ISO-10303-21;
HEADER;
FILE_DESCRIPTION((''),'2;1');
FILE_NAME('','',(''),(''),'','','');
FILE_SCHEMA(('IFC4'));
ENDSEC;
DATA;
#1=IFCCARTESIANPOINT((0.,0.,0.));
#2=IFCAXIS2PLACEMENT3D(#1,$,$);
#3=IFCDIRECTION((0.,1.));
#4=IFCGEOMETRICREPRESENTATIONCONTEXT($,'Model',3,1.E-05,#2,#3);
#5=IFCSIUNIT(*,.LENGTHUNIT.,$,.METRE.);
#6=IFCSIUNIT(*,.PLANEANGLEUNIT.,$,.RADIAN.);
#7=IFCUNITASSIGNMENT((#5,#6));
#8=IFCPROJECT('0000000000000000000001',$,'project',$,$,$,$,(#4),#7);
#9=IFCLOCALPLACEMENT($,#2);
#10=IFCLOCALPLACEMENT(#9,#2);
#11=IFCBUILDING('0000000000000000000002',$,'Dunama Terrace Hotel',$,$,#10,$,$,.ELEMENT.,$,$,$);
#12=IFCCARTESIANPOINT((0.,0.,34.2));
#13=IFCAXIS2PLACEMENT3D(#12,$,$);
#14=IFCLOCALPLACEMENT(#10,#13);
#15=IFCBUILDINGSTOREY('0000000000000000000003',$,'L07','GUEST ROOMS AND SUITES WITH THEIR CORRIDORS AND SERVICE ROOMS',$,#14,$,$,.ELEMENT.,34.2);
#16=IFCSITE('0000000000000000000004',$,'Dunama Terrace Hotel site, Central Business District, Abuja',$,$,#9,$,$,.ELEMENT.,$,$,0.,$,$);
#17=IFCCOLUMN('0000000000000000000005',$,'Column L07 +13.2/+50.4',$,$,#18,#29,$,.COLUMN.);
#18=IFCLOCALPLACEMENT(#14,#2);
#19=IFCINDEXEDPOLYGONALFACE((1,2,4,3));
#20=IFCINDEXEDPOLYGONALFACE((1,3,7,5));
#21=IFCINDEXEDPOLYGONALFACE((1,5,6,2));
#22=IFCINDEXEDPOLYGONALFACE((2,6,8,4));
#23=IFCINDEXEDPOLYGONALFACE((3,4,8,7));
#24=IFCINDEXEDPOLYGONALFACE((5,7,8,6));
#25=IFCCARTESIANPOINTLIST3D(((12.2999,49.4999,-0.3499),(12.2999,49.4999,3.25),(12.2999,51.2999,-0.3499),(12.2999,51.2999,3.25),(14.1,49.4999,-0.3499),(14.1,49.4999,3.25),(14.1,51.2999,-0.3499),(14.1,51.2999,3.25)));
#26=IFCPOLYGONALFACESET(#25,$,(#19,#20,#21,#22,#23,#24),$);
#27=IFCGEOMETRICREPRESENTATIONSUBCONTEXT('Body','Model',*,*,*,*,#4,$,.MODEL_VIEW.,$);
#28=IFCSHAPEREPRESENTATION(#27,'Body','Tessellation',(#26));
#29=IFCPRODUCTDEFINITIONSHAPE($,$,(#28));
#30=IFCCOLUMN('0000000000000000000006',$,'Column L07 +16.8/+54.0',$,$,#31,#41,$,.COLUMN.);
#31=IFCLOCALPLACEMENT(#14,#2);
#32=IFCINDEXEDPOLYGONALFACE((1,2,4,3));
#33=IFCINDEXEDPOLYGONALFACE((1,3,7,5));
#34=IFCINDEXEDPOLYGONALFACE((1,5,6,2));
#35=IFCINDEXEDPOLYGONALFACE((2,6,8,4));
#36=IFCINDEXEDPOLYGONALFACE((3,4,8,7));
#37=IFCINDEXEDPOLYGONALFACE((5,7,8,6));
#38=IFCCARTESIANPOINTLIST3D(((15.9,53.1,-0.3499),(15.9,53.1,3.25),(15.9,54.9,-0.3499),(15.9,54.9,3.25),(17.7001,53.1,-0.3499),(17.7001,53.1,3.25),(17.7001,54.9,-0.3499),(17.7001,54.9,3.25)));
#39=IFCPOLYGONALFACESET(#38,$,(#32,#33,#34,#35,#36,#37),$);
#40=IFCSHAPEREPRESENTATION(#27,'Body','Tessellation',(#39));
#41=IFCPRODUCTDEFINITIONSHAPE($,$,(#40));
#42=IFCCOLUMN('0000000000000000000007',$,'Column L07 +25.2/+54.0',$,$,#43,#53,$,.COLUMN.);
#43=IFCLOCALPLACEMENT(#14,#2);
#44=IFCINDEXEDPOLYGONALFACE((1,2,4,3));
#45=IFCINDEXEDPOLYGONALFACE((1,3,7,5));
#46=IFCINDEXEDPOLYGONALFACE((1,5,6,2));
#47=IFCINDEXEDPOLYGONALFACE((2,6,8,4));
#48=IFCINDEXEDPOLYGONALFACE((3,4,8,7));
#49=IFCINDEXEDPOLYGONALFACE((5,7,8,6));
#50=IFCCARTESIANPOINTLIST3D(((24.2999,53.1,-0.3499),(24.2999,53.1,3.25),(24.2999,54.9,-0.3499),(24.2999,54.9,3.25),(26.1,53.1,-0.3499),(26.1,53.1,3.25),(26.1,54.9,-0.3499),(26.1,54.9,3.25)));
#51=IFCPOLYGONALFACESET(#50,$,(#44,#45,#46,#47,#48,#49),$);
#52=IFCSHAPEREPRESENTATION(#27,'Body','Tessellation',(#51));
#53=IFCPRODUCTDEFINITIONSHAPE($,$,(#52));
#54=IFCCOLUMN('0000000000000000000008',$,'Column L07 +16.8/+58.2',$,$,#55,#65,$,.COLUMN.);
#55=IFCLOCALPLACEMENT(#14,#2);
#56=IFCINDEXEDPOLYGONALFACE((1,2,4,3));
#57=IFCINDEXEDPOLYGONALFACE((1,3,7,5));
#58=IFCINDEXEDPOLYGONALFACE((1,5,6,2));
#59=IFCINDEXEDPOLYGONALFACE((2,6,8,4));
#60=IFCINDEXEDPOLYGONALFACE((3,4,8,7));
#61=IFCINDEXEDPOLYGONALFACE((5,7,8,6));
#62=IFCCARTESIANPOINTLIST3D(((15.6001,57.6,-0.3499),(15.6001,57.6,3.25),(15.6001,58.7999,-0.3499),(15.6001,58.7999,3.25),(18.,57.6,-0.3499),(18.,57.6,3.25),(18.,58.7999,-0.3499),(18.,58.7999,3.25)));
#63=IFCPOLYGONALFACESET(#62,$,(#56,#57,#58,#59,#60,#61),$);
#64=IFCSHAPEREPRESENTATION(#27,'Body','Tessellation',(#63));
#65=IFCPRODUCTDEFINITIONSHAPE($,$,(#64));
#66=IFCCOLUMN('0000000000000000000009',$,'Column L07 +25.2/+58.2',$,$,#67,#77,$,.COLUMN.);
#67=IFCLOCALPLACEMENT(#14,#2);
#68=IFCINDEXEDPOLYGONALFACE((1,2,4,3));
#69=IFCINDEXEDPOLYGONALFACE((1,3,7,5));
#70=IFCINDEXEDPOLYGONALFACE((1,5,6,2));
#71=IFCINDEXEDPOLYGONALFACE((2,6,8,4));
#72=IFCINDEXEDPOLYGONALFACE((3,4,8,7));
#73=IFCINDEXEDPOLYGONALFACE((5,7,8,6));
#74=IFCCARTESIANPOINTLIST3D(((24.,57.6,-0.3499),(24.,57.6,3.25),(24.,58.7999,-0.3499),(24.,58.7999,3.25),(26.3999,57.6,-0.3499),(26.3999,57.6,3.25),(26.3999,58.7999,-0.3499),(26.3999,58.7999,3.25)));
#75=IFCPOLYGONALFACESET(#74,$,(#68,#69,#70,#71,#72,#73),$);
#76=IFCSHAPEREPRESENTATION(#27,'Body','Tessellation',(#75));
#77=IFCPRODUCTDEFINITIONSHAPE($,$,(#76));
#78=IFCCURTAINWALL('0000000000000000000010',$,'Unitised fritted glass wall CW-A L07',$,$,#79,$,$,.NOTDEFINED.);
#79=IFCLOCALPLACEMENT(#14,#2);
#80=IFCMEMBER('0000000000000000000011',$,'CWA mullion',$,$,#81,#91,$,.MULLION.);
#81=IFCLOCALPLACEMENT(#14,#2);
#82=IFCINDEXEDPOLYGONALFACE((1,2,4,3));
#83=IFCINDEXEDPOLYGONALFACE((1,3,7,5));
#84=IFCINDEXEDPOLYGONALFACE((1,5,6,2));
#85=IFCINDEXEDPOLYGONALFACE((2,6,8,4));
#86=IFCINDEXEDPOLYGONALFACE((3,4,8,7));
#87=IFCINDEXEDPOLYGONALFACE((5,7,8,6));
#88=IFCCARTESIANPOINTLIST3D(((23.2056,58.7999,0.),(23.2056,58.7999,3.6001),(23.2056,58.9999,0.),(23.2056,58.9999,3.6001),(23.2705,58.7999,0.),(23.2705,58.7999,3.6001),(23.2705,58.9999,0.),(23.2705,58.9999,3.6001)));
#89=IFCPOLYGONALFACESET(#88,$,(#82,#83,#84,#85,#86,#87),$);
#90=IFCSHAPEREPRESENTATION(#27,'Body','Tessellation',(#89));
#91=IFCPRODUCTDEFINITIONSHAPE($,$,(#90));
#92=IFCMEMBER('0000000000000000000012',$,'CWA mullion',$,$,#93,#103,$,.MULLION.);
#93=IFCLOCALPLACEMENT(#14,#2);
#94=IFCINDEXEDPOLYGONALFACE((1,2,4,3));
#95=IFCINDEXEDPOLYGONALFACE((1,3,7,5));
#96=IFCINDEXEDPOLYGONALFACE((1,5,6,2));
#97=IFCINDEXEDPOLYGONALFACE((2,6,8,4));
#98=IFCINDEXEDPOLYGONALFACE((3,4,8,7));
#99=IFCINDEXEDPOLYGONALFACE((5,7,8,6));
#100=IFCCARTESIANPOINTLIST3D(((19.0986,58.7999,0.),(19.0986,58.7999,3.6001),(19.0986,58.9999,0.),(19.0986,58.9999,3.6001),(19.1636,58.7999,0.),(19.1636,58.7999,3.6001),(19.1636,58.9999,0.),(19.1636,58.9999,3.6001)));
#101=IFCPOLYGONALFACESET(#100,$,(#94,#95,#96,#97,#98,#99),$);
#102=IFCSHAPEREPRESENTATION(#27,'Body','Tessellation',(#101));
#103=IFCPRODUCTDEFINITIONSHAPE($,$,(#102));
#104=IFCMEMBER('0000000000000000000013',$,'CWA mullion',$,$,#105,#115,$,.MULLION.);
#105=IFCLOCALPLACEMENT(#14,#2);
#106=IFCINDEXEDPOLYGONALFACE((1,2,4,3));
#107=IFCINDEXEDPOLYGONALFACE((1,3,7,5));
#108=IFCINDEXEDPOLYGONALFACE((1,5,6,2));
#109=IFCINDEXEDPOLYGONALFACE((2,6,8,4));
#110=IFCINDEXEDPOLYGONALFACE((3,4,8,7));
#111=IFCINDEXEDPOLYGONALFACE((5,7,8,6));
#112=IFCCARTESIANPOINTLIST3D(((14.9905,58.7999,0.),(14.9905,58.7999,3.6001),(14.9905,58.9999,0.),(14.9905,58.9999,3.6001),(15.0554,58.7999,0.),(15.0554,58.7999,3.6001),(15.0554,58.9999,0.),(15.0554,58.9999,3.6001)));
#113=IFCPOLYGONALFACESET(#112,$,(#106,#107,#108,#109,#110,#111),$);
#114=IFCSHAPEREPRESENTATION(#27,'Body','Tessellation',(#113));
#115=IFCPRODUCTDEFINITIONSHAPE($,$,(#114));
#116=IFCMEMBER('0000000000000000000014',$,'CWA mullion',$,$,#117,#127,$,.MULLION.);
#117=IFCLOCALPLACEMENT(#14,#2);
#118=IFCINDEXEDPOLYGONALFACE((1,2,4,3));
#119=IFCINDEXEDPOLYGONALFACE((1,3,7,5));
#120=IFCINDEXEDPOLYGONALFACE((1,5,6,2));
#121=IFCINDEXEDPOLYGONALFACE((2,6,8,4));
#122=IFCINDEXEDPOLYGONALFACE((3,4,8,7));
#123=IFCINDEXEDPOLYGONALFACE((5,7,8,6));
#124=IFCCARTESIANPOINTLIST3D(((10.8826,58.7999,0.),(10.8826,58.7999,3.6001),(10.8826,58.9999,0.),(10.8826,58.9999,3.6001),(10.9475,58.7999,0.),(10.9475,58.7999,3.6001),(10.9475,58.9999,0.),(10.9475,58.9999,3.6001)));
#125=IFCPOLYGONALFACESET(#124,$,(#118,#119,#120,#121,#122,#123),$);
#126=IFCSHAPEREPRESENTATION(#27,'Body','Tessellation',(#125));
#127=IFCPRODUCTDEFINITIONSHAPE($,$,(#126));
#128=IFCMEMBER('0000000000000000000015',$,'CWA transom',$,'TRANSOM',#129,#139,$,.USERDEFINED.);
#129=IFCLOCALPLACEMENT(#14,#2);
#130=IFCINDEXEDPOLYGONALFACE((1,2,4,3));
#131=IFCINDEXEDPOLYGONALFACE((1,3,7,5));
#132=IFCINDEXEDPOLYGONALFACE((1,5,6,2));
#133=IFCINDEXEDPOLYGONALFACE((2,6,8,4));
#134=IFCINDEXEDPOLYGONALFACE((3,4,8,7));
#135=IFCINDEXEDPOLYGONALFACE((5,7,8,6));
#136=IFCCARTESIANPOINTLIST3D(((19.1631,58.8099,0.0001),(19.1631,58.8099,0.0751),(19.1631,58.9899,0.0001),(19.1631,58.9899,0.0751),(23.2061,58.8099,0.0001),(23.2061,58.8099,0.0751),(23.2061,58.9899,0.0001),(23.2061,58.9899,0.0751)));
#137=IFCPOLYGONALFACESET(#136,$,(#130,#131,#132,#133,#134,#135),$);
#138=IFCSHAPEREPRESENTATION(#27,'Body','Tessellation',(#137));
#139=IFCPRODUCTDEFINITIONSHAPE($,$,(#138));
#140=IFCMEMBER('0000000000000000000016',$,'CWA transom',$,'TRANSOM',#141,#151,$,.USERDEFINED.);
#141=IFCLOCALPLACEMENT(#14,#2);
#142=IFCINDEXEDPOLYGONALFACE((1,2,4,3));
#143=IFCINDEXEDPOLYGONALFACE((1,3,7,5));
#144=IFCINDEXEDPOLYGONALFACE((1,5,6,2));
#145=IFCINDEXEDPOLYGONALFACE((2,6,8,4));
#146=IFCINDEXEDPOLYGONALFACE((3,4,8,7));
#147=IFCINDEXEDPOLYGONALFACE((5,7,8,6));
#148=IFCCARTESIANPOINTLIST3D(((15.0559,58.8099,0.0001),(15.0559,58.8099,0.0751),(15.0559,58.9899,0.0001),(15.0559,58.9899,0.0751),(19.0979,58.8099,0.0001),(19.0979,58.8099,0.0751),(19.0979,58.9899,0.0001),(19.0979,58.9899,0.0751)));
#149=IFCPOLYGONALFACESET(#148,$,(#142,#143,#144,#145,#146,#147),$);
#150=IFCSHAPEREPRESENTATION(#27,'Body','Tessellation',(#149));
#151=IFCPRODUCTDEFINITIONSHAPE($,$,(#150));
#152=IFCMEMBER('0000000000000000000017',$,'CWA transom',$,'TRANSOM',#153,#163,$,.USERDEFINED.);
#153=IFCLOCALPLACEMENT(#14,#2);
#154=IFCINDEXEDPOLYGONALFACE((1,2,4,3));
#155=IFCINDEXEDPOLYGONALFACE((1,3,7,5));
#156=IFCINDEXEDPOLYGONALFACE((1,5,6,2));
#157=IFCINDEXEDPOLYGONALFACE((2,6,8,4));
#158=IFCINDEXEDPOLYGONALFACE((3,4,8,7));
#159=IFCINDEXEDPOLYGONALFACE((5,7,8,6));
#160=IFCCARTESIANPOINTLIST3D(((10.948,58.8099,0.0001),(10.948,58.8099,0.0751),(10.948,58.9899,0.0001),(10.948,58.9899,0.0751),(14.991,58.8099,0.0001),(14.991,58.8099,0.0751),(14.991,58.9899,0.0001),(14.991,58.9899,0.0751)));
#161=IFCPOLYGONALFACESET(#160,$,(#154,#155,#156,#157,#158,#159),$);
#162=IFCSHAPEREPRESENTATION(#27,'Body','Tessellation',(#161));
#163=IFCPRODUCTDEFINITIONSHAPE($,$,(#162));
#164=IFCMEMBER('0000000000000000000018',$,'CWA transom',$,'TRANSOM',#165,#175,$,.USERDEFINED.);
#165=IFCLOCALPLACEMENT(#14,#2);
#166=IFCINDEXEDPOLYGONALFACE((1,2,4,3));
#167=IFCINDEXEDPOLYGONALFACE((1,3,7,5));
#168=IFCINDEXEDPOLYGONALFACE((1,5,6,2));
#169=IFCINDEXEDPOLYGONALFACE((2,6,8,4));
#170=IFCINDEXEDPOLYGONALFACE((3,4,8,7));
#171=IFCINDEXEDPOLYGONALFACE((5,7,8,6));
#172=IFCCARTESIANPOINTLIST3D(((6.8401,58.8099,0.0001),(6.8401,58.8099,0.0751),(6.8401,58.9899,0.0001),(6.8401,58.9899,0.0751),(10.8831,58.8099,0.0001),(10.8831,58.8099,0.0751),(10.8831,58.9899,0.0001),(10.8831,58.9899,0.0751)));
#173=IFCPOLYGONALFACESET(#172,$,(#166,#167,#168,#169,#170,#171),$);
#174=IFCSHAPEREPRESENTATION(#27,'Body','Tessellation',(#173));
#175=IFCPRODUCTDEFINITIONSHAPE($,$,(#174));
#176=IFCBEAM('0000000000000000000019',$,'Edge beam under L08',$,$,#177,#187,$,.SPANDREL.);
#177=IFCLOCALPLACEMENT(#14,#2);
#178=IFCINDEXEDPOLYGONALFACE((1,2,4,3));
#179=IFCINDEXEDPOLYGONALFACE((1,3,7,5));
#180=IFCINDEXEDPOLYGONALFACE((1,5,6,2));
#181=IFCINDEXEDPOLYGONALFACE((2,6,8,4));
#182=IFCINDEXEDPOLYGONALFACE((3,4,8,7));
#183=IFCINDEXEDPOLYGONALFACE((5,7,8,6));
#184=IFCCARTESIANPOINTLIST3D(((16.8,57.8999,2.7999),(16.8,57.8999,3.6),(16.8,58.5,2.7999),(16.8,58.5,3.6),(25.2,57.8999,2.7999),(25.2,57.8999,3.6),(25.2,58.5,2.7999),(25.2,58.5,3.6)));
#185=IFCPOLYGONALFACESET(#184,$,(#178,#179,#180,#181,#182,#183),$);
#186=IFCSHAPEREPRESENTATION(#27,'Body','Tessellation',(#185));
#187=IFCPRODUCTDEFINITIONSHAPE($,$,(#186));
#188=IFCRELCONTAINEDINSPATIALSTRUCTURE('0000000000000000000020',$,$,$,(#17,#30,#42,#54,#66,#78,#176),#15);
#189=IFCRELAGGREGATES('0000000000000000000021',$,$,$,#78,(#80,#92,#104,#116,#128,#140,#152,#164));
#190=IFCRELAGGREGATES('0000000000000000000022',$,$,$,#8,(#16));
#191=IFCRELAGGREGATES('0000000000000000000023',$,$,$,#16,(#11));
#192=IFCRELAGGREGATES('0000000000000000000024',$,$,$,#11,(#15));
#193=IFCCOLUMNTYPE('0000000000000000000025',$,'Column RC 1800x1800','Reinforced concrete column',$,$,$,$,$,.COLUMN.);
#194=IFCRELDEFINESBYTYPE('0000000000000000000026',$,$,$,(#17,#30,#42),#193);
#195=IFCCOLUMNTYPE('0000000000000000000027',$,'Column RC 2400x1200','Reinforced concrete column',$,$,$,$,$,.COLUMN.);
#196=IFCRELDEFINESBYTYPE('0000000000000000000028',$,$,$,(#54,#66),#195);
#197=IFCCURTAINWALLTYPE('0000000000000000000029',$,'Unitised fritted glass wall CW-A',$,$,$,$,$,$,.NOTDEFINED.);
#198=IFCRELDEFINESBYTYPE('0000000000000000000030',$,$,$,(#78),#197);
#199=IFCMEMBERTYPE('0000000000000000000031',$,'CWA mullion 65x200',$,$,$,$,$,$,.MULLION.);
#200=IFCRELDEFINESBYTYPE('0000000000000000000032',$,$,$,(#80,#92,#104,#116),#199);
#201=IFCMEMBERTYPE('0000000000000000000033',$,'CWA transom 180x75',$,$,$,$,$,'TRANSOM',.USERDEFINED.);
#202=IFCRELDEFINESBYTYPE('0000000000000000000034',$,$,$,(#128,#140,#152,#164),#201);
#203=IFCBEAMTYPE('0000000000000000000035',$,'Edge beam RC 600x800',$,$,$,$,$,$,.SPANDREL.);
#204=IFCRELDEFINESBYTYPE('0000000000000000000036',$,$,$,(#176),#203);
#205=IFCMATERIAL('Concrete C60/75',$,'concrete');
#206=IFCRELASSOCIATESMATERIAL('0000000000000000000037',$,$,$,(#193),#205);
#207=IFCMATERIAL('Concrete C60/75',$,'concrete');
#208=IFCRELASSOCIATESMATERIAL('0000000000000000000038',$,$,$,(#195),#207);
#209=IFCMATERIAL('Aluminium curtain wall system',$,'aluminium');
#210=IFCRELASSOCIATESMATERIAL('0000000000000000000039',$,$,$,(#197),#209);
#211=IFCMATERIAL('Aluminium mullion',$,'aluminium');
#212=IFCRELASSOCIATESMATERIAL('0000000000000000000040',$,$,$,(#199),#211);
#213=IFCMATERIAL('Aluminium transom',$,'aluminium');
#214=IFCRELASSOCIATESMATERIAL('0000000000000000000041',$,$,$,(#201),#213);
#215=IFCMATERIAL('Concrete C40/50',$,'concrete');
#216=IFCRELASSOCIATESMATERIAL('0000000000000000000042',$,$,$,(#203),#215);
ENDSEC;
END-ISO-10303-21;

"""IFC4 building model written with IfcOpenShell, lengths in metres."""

from ifc_helpers import new_model, si_unit, direction, frame, origin, origin_2d, place, context, subcontext, project, spatial, rectangle, extrude, material, material_profile, profile_set, type_object, element, aggregate, save


model = new_model("IFC4")

# Units and contexts
model_context = context("Model", 3, precision=1e-05, world=origin(), true_north=direction((0.0, 1.0)))
body_context = subcontext(model_context, "Body", "Model", "MODEL_VIEW")
ifc_project = project(units=[si_unit("LENGTHUNIT", "METRE"), si_unit("PLANEANGLEUNIT", "RADIAN")], contexts=[model_context])

# Site, building, storey
site_placement = place(None, origin())
site = spatial("IfcSite", under=ifc_project, at=site_placement, Name="Dunama Terrace Hotel site, Central Business District, Abuja", CompositionType="ELEMENT", RefElevation=0.0)
building_placement = place(site_placement, origin())
building = spatial("IfcBuilding", under=site, at=building_placement, Name="Dunama Terrace Hotel", CompositionType="ELEMENT")
storey_placement = place(building_placement, frame((0.0, 0.0, 34.2)))
storey = spatial("IfcBuildingStorey", under=building, at=storey_placement, Name="L07", Description="GUEST ROOMS AND SUITES WITH THEIR CORRIDORS AND SERVICE ROOMS", CompositionType="ELEMENT", Elevation=34.2)

# Columns
ifc_material_1 = material(Name="Concrete C60/75", Category="concrete")
ifc_material_profile_1 = material_profile(ifc_material_1, rectangle(XDim=1.8, YDim=1.8, at=origin_2d()), Name="RC 1800x1800")
ifc_profile_set_1 = profile_set([ifc_material_profile_1], Name="Concrete C60/75")
column_type_1 = type_object("IfcColumnType", Name="Column RC 1800x1800", Description="Reinforced concrete column", PredefinedType="COLUMN", material=ifc_profile_set_1)
for number, where, z_axis, x_axis, name in (
    (1, (13.2, 50.3999, -0.3499), (0.0, 0.0, 1.0), (1.0, 0.0, 0.0), "Column L07 +13.2/+50.4"),
    (2, (16.8, 54.0, -0.3499), (0.0, 0.0, 1.0), (1.0, 0.0, 0.0), "Column L07 +16.8/+54.0"),
    (3, (25.2, 54.0, -0.3499), (0.0, 0.0, 1.0), (1.0, 0.0, 0.0), "Column L07 +25.2/+54.0"),
):
    element("IfcColumn", number, at=place(storey_placement, frame(where, z_axis=z_axis, x_axis=x_axis)), inside=storey, type_object=column_type_1, Name=name, PredefinedType="COLUMN", context=body_context, shape_type="SweptSolid", body=[
        extrude(rectangle(XDim=1.8, YDim=1.8, at=origin_2d()), origin(), (0.0, 0.0, 1.0), 3.5999),
    ])
ifc_material_2 = material(Name="Concrete C60/75", Category="concrete")
ifc_material_profile_2 = material_profile(ifc_material_2, rectangle(XDim=2.3999, YDim=1.2, at=origin_2d()), Name="RC 2400x1200")
ifc_profile_set_2 = profile_set([ifc_material_profile_2], Name="Concrete C60/75")
column_type_2 = type_object("IfcColumnType", Name="Column RC 2400x1200", Description="Reinforced concrete column", PredefinedType="COLUMN", material=ifc_profile_set_2)
for number, where, z_axis, x_axis, name in (
    (4, (16.8, 58.2, -0.3499), (0.0, 0.0, 1.0), (1.0, 0.0, 0.0), "Column L07 +16.8/+58.2"),
    (5, (25.2, 58.2, -0.3499), (0.0, 0.0, 1.0), (1.0, 0.0, 0.0), "Column L07 +25.2/+58.2"),
):
    element("IfcColumn", number, at=place(storey_placement, frame(where, z_axis=z_axis, x_axis=x_axis)), inside=storey, type_object=column_type_2, Name=name, PredefinedType="COLUMN", context=body_context, shape_type="SweptSolid", body=[
        extrude(rectangle(XDim=2.3999, YDim=1.2, at=origin_2d()), origin(), (0.0, 0.0, 1.0), 3.5999),
    ])

# Curtain wall, members
ifc_material_3 = material(Name="Aluminium curtain wall system", Category="aluminium")
curtain_wall_type = type_object("IfcCurtainWallType", Name="Unitised fritted glass wall CW-A", PredefinedType="NOTDEFINED", material=ifc_material_3)
curtain_wall_placement = place(storey_placement, origin())
curtain_wall = element("IfcCurtainWall", 6, at=curtain_wall_placement, inside=storey, type_object=curtain_wall_type, Name="Unitised fritted glass wall CW-A L07", PredefinedType="NOTDEFINED")
ifc_material_4 = material(Name="Aluminium mullion", Category="aluminium")
ifc_material_profile_3 = material_profile(ifc_material_4, rectangle(XDim=0.0649, YDim=0.2, at=origin_2d()), Name="CWA MULLION 65X200")
ifc_profile_set_3 = profile_set([ifc_material_profile_3], Name="Aluminium mullion")
member_type_1 = type_object("IfcMemberType", Name="CWA mullion 65x200", PredefinedType="MULLION", material=ifc_profile_set_3)
member_1_placement = place(storey_placement, frame((23.238, 58.8999, 0.0), z_axis=(0.0, 0.0, 1.0), x_axis=(-1.0, 0.0, 0.0)))
member_1 = element("IfcMember", 7, at=member_1_placement, type_object=member_type_1, Name="CWA mullion", PredefinedType="MULLION", context=body_context, shape_type="SweptSolid", body=[
    extrude(rectangle(XDim=0.0649, YDim=0.2, at=origin_2d()), origin(), (0.0, 0.0, 1.0), 3.6001),
])
member_2_placement = place(storey_placement, frame((19.1311, 58.8999, 0.0), z_axis=(0.0, 0.0, 1.0), x_axis=(-1.0, 0.0, 0.0)))
member_2 = element("IfcMember", 8, at=member_2_placement, type_object=member_type_1, Name="CWA mullion", PredefinedType="MULLION", context=body_context, shape_type="SweptSolid", body=[
    extrude(rectangle(XDim=0.0649, YDim=0.2, at=origin_2d()), origin(), (0.0, 0.0, 1.0), 3.6001),
])
member_3_placement = place(storey_placement, frame((15.0229, 58.8999, 0.0), z_axis=(0.0, 0.0, 1.0), x_axis=(-1.0, 0.0, 0.0)))
member_3 = element("IfcMember", 9, at=member_3_placement, type_object=member_type_1, Name="CWA mullion", PredefinedType="MULLION", context=body_context, shape_type="SweptSolid", body=[
    extrude(rectangle(XDim=0.0649, YDim=0.2, at=origin_2d()), origin(), (0.0, 0.0, 1.0), 3.6001),
])
member_4_placement = place(storey_placement, frame((10.915, 58.8999, 0.0), z_axis=(0.0, 0.0, 1.0), x_axis=(-1.0, 0.0, 0.0)))
member_4 = element("IfcMember", 10, at=member_4_placement, type_object=member_type_1, Name="CWA mullion", PredefinedType="MULLION", context=body_context, shape_type="SweptSolid", body=[
    extrude(rectangle(XDim=0.0649, YDim=0.2, at=origin_2d()), origin(), (0.0, 0.0, 1.0), 3.6001),
])
ifc_material_5 = material(Name="Aluminium transom", Category="aluminium")
ifc_material_profile_4 = material_profile(ifc_material_5, rectangle(XDim=0.1799, YDim=0.075, at=origin_2d()), Name="CWA TRANSOM 180X75")
ifc_profile_set_4 = profile_set([ifc_material_profile_4], Name="Aluminium transom")
member_type_2 = type_object("IfcMemberType", Name="CWA transom 180x75", ElementType="TRANSOM", PredefinedType="USERDEFINED", material=ifc_profile_set_4)
member_5_placement = place(storey_placement, frame((23.2061, 58.8999, 0.0376), z_axis=(-1.0, 0.0, 0.0), x_axis=(0.0, -1.0, 0.0)))
member_5 = element("IfcMember", 11, at=member_5_placement, type_object=member_type_2, Name="CWA transom", ObjectType="TRANSOM", PredefinedType="USERDEFINED", context=body_context, shape_type="SweptSolid", body=[
    extrude(rectangle(XDim=0.1799, YDim=0.075, at=origin_2d()), origin(), (0.0, 0.0, 1.0), 4.043),
])
member_6_placement = place(storey_placement, frame((19.0979, 58.8999, 0.0376), z_axis=(-1.0, 0.0, 0.0), x_axis=(0.0, -1.0, 0.0)))
member_6 = element("IfcMember", 12, at=member_6_placement, type_object=member_type_2, Name="CWA transom", ObjectType="TRANSOM", PredefinedType="USERDEFINED", context=body_context, shape_type="SweptSolid", body=[
    extrude(rectangle(XDim=0.1799, YDim=0.075, at=origin_2d()), origin(), (0.0, 0.0, 1.0), 4.042),
])
member_7_placement = place(storey_placement, frame((14.991, 58.8999, 0.0376), z_axis=(-1.0, 0.0, 0.0), x_axis=(0.0, -1.0, 0.0)))
member_7 = element("IfcMember", 13, at=member_7_placement, type_object=member_type_2, Name="CWA transom", ObjectType="TRANSOM", PredefinedType="USERDEFINED", context=body_context, shape_type="SweptSolid", body=[
    extrude(rectangle(XDim=0.1799, YDim=0.075, at=origin_2d()), origin(), (0.0, 0.0, 1.0), 4.043),
])
member_8_placement = place(storey_placement, frame((10.8831, 58.8999, 0.0376), z_axis=(-1.0, 0.0, 0.0), x_axis=(0.0, -1.0, 0.0)))
member_8 = element("IfcMember", 14, at=member_8_placement, type_object=member_type_2, Name="CWA transom", ObjectType="TRANSOM", PredefinedType="USERDEFINED", context=body_context, shape_type="SweptSolid", body=[
    extrude(rectangle(XDim=0.1799, YDim=0.075, at=origin_2d()), origin(), (0.0, 0.0, 1.0), 4.043),
])

# Beam
ifc_material_6 = material(Name="Concrete C40/50", Category="concrete")
ifc_material_profile_5 = material_profile(ifc_material_6, rectangle(XDim=0.6001, YDim=0.8, at=origin_2d()), Name="RC 600x800")
ifc_profile_set_5 = profile_set([ifc_material_profile_5], Name="Concrete C40/50")
beam_type = type_object("IfcBeamType", Name="Edge beam RC 600x800", PredefinedType="SPANDREL", material=ifc_profile_set_5)
beam_1_placement = place(storey_placement, frame((16.8, 58.2, 3.2), z_axis=(1.0, 0.0, 0.0), x_axis=(0.0, 1.0, 0.0)))
element("IfcBeam", 15, at=beam_1_placement, inside=storey, type_object=beam_type, Name="Edge beam under L08", PredefinedType="SPANDREL", context=body_context, shape_type="SweptSolid", body=[
    extrude(rectangle(XDim=0.6001, YDim=0.8, at=origin_2d()), origin(), (0.0, 0.0, 1.0), 8.3999),
])

aggregate(curtain_wall, [member_1, member_2, member_3, member_4, member_5, member_6, member_7, member_8])

save(model, "model.ifc")
